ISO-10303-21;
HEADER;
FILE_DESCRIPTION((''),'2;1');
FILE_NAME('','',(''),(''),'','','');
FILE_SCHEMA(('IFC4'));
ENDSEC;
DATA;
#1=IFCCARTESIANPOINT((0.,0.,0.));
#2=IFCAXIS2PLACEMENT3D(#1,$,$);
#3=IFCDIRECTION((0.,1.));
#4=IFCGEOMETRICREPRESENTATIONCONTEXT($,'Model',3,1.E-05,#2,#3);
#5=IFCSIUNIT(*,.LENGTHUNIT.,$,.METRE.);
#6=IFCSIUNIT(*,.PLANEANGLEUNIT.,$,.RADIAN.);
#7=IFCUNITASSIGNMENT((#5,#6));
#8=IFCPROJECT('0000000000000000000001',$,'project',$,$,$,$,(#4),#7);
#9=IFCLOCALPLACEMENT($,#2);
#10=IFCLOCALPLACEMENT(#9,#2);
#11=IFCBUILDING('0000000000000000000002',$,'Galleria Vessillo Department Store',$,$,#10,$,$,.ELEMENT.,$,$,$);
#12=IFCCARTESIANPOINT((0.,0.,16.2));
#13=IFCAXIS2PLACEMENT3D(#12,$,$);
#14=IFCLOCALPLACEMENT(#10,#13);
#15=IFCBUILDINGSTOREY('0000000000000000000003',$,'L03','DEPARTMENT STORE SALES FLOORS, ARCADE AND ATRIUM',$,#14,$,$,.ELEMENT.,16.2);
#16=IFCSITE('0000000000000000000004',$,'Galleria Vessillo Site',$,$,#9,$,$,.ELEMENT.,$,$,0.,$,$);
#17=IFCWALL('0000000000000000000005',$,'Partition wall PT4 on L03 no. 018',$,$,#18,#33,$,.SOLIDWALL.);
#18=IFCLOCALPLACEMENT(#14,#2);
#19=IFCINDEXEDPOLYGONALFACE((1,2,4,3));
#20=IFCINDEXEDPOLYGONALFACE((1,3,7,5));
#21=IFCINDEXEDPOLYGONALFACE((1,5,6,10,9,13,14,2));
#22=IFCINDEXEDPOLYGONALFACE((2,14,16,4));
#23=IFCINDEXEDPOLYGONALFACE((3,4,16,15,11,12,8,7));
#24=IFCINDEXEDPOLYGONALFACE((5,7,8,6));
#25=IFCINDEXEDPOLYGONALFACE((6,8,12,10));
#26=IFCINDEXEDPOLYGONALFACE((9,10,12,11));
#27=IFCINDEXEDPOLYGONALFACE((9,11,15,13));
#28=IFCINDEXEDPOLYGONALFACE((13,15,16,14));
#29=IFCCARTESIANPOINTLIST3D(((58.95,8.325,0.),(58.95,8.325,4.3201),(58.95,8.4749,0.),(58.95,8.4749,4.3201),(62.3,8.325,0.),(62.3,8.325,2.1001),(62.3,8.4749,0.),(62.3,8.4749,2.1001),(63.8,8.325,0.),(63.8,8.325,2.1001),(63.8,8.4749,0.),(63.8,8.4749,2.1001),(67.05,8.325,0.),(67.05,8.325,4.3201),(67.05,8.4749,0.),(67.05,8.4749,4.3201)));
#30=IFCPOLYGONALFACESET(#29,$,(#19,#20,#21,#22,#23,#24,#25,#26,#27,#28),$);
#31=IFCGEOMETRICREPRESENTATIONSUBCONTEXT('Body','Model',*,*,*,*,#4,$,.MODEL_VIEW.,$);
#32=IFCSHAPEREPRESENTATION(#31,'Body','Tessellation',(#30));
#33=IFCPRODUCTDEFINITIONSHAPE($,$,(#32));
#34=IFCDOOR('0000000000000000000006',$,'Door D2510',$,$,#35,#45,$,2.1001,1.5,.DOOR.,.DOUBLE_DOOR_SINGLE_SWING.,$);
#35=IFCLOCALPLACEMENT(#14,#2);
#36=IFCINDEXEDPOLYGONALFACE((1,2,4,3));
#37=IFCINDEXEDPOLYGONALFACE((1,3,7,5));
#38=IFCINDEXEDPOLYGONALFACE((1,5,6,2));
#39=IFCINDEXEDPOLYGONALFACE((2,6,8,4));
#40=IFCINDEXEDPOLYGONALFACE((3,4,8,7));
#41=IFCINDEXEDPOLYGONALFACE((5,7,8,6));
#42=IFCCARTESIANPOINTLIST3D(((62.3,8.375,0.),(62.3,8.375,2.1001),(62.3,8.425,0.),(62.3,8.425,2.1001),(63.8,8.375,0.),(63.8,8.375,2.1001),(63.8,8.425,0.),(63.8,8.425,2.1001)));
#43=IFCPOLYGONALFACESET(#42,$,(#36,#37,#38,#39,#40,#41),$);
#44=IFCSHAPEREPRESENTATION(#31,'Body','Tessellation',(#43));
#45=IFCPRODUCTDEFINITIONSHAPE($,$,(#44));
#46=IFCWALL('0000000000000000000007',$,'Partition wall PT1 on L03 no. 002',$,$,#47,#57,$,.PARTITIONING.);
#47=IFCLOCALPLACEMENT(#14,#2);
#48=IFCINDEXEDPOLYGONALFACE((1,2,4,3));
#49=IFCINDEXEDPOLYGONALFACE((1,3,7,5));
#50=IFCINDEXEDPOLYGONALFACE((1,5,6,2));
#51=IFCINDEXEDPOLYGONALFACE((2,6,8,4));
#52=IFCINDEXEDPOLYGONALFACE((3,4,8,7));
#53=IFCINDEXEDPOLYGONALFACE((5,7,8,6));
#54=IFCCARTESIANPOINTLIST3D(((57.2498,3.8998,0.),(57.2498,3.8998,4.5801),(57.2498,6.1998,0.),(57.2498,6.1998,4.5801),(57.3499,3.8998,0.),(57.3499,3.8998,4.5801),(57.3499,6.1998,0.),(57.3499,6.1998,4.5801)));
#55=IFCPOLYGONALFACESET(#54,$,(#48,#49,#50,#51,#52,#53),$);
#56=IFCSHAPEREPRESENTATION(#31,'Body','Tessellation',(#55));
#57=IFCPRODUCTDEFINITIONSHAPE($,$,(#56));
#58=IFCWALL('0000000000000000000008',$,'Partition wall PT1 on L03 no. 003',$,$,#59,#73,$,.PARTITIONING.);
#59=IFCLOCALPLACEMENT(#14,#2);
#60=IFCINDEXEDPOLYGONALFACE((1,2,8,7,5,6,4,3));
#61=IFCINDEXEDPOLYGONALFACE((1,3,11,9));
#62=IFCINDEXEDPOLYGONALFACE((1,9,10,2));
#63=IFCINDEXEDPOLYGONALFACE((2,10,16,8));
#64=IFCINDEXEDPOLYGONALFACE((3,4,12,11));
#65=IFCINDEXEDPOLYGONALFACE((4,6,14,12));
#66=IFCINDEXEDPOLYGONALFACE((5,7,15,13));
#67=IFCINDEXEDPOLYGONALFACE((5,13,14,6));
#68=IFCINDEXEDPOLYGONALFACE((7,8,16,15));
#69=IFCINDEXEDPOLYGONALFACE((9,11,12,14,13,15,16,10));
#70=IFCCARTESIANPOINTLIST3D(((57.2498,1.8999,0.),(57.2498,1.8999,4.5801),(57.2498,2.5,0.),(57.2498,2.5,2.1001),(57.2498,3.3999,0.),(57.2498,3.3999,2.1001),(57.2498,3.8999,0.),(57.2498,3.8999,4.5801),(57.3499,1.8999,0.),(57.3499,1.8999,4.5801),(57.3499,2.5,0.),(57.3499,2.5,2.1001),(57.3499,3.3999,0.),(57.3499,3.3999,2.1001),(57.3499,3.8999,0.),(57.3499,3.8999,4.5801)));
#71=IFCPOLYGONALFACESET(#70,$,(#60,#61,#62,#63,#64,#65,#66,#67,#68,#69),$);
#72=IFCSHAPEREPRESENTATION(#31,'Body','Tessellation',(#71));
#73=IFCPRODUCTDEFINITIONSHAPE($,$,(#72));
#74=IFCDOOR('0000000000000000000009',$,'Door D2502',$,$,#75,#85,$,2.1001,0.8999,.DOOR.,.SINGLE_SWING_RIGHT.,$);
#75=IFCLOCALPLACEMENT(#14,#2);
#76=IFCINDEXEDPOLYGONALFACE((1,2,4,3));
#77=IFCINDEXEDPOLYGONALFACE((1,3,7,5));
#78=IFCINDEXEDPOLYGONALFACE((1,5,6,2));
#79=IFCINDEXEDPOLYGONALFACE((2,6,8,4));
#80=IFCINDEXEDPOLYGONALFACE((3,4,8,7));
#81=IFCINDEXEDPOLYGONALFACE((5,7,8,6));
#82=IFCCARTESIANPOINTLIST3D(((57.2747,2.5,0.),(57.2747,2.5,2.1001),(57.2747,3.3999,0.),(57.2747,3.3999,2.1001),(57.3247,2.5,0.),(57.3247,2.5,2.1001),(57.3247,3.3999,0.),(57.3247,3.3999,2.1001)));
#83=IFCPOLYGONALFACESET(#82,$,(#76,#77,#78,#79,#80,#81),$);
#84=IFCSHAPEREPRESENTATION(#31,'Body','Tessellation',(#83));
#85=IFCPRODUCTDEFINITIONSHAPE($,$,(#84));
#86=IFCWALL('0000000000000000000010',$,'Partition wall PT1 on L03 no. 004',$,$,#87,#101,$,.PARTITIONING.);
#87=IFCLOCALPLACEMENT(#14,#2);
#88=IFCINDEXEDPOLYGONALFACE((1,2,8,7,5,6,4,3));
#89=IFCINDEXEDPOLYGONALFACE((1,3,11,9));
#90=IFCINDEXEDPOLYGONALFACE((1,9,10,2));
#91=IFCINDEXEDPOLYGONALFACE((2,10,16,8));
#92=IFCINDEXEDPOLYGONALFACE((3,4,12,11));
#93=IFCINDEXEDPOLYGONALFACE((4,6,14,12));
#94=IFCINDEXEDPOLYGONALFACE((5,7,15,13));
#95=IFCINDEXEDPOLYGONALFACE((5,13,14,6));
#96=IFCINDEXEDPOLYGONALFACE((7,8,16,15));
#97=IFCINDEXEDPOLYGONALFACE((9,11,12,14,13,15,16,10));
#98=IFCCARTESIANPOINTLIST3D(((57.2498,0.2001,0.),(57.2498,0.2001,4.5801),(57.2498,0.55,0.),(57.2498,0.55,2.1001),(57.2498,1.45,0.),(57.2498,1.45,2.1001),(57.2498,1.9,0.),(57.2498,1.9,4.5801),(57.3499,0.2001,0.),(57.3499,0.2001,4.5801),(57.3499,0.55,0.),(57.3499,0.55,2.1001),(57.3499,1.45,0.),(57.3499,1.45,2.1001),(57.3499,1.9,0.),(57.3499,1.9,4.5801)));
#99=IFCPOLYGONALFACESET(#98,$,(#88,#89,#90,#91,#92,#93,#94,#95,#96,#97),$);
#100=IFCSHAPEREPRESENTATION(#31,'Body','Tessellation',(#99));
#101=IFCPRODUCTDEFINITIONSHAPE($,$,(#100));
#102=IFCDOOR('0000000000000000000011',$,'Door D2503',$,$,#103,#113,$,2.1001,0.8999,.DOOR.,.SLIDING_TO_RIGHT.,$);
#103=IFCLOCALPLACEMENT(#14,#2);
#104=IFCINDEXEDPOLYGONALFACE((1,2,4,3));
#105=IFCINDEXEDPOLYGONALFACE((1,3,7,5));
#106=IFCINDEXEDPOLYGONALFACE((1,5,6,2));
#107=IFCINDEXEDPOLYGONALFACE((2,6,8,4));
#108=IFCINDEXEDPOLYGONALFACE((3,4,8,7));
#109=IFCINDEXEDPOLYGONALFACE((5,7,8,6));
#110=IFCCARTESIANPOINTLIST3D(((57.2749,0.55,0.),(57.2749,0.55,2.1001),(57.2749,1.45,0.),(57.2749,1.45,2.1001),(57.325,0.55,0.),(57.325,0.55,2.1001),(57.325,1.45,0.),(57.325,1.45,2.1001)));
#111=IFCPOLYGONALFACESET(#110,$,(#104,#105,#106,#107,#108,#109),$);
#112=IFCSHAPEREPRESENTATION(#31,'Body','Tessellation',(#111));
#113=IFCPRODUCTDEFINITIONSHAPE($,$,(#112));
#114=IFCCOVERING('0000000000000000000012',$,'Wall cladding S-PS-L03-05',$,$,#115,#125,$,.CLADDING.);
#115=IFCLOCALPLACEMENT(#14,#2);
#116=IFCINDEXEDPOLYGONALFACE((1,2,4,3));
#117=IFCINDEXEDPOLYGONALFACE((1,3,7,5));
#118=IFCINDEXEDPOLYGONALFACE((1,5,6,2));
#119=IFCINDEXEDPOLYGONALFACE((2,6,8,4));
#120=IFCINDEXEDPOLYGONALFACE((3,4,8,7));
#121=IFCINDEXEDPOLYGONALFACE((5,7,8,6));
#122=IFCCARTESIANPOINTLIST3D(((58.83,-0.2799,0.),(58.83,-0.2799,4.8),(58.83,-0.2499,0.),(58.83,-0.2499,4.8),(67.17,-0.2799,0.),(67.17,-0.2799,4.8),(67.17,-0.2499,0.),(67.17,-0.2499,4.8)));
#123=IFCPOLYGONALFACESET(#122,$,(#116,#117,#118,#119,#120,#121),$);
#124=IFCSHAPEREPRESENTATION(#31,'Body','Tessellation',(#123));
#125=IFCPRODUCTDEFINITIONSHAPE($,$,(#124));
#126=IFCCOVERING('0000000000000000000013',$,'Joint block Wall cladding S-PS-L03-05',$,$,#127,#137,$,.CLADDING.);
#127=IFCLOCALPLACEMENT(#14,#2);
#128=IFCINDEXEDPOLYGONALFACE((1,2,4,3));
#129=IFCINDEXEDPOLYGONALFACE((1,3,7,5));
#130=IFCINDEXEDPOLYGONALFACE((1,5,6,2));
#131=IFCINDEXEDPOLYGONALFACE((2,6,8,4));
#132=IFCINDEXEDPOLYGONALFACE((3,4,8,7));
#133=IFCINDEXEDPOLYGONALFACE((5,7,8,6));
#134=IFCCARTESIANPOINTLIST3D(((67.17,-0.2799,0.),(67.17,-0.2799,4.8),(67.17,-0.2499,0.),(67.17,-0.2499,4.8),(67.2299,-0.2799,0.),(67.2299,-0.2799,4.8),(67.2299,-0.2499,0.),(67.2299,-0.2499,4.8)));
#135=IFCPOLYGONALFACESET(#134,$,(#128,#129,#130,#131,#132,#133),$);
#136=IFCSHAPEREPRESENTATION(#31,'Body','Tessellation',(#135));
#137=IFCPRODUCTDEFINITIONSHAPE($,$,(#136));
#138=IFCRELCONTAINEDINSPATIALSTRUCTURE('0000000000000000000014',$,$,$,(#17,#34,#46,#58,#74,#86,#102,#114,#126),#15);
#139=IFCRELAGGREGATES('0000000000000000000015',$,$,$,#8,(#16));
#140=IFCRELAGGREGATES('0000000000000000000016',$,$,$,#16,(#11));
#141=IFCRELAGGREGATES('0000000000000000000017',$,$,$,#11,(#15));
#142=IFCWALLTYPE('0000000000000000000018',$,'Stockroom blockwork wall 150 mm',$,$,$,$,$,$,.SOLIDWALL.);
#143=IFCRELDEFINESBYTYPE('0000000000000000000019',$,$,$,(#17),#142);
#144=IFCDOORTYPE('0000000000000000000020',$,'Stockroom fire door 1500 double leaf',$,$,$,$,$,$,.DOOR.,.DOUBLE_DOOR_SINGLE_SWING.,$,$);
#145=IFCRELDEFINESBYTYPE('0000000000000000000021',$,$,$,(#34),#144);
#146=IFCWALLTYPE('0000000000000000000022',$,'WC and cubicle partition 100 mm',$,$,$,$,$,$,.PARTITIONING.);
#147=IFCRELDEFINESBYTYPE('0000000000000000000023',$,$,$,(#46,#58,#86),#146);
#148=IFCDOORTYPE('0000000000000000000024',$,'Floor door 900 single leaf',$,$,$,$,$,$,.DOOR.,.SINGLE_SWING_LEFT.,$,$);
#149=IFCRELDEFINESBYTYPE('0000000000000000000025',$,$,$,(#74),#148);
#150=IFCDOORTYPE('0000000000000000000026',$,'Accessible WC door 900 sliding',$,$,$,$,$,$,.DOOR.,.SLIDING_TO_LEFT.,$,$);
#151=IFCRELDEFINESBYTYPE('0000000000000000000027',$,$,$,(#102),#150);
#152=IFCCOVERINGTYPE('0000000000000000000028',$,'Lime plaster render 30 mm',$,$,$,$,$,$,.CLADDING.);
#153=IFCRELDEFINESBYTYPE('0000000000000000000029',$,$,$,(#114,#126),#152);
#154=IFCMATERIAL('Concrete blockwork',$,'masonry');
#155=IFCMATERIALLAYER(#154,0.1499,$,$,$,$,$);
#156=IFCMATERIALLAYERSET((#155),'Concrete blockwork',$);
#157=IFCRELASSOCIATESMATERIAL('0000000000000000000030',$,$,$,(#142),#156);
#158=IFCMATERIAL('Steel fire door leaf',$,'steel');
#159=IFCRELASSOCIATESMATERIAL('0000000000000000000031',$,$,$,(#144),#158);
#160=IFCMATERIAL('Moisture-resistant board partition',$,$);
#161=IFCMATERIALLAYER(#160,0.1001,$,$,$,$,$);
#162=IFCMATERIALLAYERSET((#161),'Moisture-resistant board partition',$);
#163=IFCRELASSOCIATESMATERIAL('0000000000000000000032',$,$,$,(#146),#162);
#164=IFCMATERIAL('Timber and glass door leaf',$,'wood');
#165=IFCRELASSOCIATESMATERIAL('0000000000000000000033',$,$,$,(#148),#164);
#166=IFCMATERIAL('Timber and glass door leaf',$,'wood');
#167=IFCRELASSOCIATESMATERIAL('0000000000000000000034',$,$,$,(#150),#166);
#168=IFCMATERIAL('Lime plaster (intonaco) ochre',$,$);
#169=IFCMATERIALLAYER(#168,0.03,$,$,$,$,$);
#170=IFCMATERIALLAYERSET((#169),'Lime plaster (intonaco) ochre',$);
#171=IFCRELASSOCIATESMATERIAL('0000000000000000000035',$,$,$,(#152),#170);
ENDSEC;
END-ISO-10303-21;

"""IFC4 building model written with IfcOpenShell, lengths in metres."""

from ifc_helpers import new_model, si_unit, direction, frame, frame_2d, origin, origin_2d, place, context, subcontext, project, spatial, rectangle, extrude, material, layer, layer_set, type_object, element, fill, save


model = new_model("IFC4")

# Units and contexts
model_context = context("Model", 3, precision=1e-05, world=origin(), true_north=direction((0.0, 1.0)))
body_context = subcontext(model_context, "Body", "Model", "MODEL_VIEW")
ifc_project = project(units=[si_unit("LENGTHUNIT", "METRE"), si_unit("PLANEANGLEUNIT", "RADIAN")], contexts=[model_context])

# Site, building, storey
site_placement = place(None, origin())
site = spatial("IfcSite", under=ifc_project, at=site_placement, Name="Galleria Vessillo Site", CompositionType="ELEMENT", RefElevation=0.0)
building_placement = place(site_placement, origin())
building = spatial("IfcBuilding", under=site, at=building_placement, Name="Galleria Vessillo Department Store", CompositionType="ELEMENT")
storey_placement = place(building_placement, frame((0.0, 0.0, 16.2)))
storey = spatial("IfcBuildingStorey", under=building, at=storey_placement, Name="L03", Description="DEPARTMENT STORE SALES FLOORS, ARCADE AND ATRIUM", CompositionType="ELEMENT", Elevation=16.2)

# Shared definitions
ifc_material_1 = material(Name="Concrete blockwork", Category="masonry")
ifc_layer_1 = layer(ifc_material_1, 0.1499)
ifc_layer_set_1 = layer_set([ifc_layer_1], Name="Concrete blockwork")
wall_type_1 = type_object("IfcWallType", Name="Stockroom blockwork wall 150 mm", PredefinedType="SOLIDWALL", material=ifc_layer_set_1)

# Wall, opening, door
wall_1_placement = place(storey_placement, frame((58.95, 8.3999, 0.0), z_axis=(0.0, 0.0, 1.0), x_axis=(1.0, 0.0, 0.0)))
wall_1 = element("IfcWall", 1, at=wall_1_placement, inside=storey, type_object=wall_type_1, Name="Partition wall PT4 on L03 no. 018", PredefinedType="SOLIDWALL", context=body_context, shape_type="SweptSolid", body=[
    extrude(rectangle(XDim=8.1001, YDim=0.1499, at=frame_2d((4.05, 0.0))), origin(), (0.0, 0.0, 1.0), 4.3201),
])
opening_1_placement = place(wall_1_placement, frame((3.3501, 0.0, 0.0)))
opening_1 = element("IfcOpeningElement", 2, at=opening_1_placement, cuts=wall_1, PredefinedType="OPENING", context=body_context, shape_type="SweptSolid", body=[
    extrude(rectangle(XDim=1.5, YDim=2.1001, at=frame_2d((0.75, 1.05))), frame((0.0, 0.085, 0.0), z_axis=(0.0, -1.0, 0.0), x_axis=(1.0, 0.0, 0.0)), (0.0, 0.0, 1.0), 0.1699),
])
ifc_material_2 = material(Name="Steel fire door leaf", Category="steel")
door_type_1 = type_object("IfcDoorType", Name="Stockroom fire door 1500 double leaf", OperationType="DOUBLE_DOOR_SINGLE_SWING", PredefinedType="DOOR", material=ifc_material_2)
door_1_placement = place(opening_1_placement, frame((1.5, 0.0, 0.0), z_axis=(0.0, 0.0, 1.0), x_axis=(-1.0, 0.0, 0.0)))
door_1 = element("IfcDoor", 3, at=door_1_placement, inside=storey, type_object=door_type_1, Name="Door D2510", OperationType="DOUBLE_DOOR_SINGLE_SWING", OverallHeight=2.1001, OverallWidth=1.5, PredefinedType="DOOR", context=body_context, shape_type="SweptSolid", body=[
    extrude(rectangle(XDim=1.5, YDim=2.1001, at=frame_2d((0.75, 1.05))), frame((0.0, 0.0249, 0.0), z_axis=(0.0, -1.0, 0.0), x_axis=(1.0, 0.0, 0.0)), (0.0, 0.0, 1.0), 0.05),
])
fill(opening_1, door_1)

# Wall
ifc_material_3 = material(Name="Moisture-resistant board partition")
ifc_layer_2 = layer(ifc_material_3, 0.1001)
ifc_layer_set_2 = layer_set([ifc_layer_2], Name="Moisture-resistant board partition")
wall_type_2 = type_object("IfcWallType", Name="WC and cubicle partition 100 mm", PredefinedType="PARTITIONING", material=ifc_layer_set_2)
wall_2_placement = place(storey_placement, frame((57.2998, 3.8999, 0.0), z_axis=(0.0, 0.0, 1.0), x_axis=(0.0, 1.0, 0.0)))
element("IfcWall", 4, at=wall_2_placement, inside=storey, type_object=wall_type_2, Name="Partition wall PT1 on L03 no. 002", PredefinedType="PARTITIONING", context=body_context, shape_type="SweptSolid", body=[
    extrude(rectangle(XDim=2.3, YDim=0.1001, at=frame_2d((1.1499, 0.0))), origin(), (0.0, 0.0, 1.0), 4.5801),
])

# Walls, openings, doors
wall_3_placement = place(storey_placement, frame((57.2998, 1.8999, 0.0), z_axis=(0.0, 0.0, 1.0), x_axis=(0.0, 1.0, 0.0)))
wall_3 = element("IfcWall", 5, at=wall_3_placement, inside=storey, type_object=wall_type_2, Name="Partition wall PT1 on L03 no. 003", PredefinedType="PARTITIONING", context=body_context, shape_type="SweptSolid", body=[
    extrude(rectangle(XDim=2.0, YDim=0.1001, at=frame_2d((1.0, 0.0))), origin(), (0.0, 0.0, 1.0), 4.5801),
])
opening_2_placement = place(wall_3_placement, frame((0.6001, 0.0, 0.0)))
opening_2 = element("IfcOpeningElement", 6, at=opening_2_placement, cuts=wall_3, PredefinedType="OPENING", context=body_context, shape_type="SweptSolid", body=[
    extrude(rectangle(XDim=0.8999, YDim=2.1001, at=frame_2d((0.45, 1.05))), frame((0.0, 0.0601, 0.0), z_axis=(0.0, -1.0, 0.0), x_axis=(1.0, 0.0, 0.0)), (0.0, 0.0, 1.0), 0.1201),
])
ifc_material_4 = material(Name="Timber and glass door leaf", Category="wood")
door_type_2 = type_object("IfcDoorType", Name="Floor door 900 single leaf", OperationType="SINGLE_SWING_LEFT", PredefinedType="DOOR", material=ifc_material_4)
door_2_placement = place(opening_2_placement, frame((0.8999, 0.0, 0.0), z_axis=(0.0, 0.0, 1.0), x_axis=(-1.0, 0.0, 0.0)))
door_2 = element("IfcDoor", 7, at=door_2_placement, inside=storey, type_object=door_type_2, Name="Door D2502", OperationType="SINGLE_SWING_RIGHT", OverallHeight=2.1001, OverallWidth=0.8999, PredefinedType="DOOR", context=body_context, shape_type="SweptSolid", body=[
    extrude(rectangle(XDim=0.8999, YDim=2.1001, at=frame_2d((0.45, 1.05))), frame((0.0, 0.0249, 0.0), z_axis=(0.0, -1.0, 0.0), x_axis=(1.0, 0.0, 0.0)), (0.0, 0.0, 1.0), 0.05),
])
fill(opening_2, door_2)
wall_4_placement = place(storey_placement, frame((57.2998, 0.2, 0.0), z_axis=(0.0, 0.0, 1.0), x_axis=(0.0, 1.0, 0.0)))
wall_4 = element("IfcWall", 8, at=wall_4_placement, inside=storey, type_object=wall_type_2, Name="Partition wall PT1 on L03 no. 004", PredefinedType="PARTITIONING", context=body_context, shape_type="SweptSolid", body=[
    extrude(rectangle(XDim=1.7, YDim=0.1001, at=frame_2d((0.8501, 0.0))), origin(), (0.0, 0.0, 1.0), 4.5801),
])
opening_3_placement = place(wall_4_placement, frame((0.3501, 0.0, 0.0)))
opening_3 = element("IfcOpeningElement", 9, at=opening_3_placement, cuts=wall_4, PredefinedType="OPENING", context=body_context, shape_type="SweptSolid", body=[
    extrude(rectangle(XDim=0.8999, YDim=2.1001, at=frame_2d((0.45, 1.05))), frame((0.0, 0.0601, 0.0), z_axis=(0.0, -1.0, 0.0), x_axis=(1.0, 0.0, 0.0)), (0.0, 0.0, 1.0), 0.1201),
])
ifc_material_5 = material(Name="Timber and glass door leaf", Category="wood")
door_type_3 = type_object("IfcDoorType", Name="Accessible WC door 900 sliding", OperationType="SLIDING_TO_LEFT", PredefinedType="DOOR", material=ifc_material_5)
door_3_placement = place(opening_3_placement, origin())
door_3 = element("IfcDoor", 10, at=door_3_placement, inside=storey, type_object=door_type_3, Name="Door D2503", OperationType="SLIDING_TO_RIGHT", OverallHeight=2.1001, OverallWidth=0.8999, PredefinedType="DOOR", context=body_context, shape_type="SweptSolid", body=[
    extrude(rectangle(XDim=0.8999, YDim=2.1001, at=frame_2d((0.45, 1.05))), frame((0.0, 0.0249, 0.0), z_axis=(0.0, -1.0, 0.0), x_axis=(1.0, 0.0, 0.0)), (0.0, 0.0, 1.0), 0.05),
])
fill(opening_3, door_3)

# Coverings
ifc_material_6 = material(Name="Lime plaster (intonaco) ochre")
ifc_layer_3 = layer(ifc_material_6, 0.03)
ifc_layer_set_3 = layer_set([ifc_layer_3], Name="Lime plaster (intonaco) ochre")
covering_type = type_object("IfcCoveringType", Name="Lime plaster render 30 mm", PredefinedType="CLADDING", material=ifc_layer_set_3)
covering_1_placement = place(storey_placement, frame((63.0, -0.2649, 0.0), z_axis=(0.0, 0.0, 1.0), x_axis=(1.0, 0.0, 0.0)))
element("IfcCovering", 11, at=covering_1_placement, inside=storey, type_object=covering_type, Name="Wall cladding S-PS-L03-05", PredefinedType="CLADDING", context=body_context, shape_type="SweptSolid", body=[
    extrude(rectangle(XDim=8.3401, YDim=0.03, at=origin_2d()), origin(), (0.0, 0.0, 1.0), 4.8),
])
covering_2_placement = place(storey_placement, frame((67.2, -0.2649, 0.0), z_axis=(0.0, 0.0, 1.0), x_axis=(1.0, 0.0, 0.0)))
element("IfcCovering", 12, at=covering_2_placement, inside=storey, type_object=covering_type, Name="Joint block Wall cladding S-PS-L03-05", PredefinedType="CLADDING", context=body_context, shape_type="SweptSolid", body=[
    extrude(rectangle(XDim=0.0598, YDim=0.03, at=origin_2d()), origin(), (0.0, 0.0, 1.0), 4.8),
])

save(model, "model.ifc")
